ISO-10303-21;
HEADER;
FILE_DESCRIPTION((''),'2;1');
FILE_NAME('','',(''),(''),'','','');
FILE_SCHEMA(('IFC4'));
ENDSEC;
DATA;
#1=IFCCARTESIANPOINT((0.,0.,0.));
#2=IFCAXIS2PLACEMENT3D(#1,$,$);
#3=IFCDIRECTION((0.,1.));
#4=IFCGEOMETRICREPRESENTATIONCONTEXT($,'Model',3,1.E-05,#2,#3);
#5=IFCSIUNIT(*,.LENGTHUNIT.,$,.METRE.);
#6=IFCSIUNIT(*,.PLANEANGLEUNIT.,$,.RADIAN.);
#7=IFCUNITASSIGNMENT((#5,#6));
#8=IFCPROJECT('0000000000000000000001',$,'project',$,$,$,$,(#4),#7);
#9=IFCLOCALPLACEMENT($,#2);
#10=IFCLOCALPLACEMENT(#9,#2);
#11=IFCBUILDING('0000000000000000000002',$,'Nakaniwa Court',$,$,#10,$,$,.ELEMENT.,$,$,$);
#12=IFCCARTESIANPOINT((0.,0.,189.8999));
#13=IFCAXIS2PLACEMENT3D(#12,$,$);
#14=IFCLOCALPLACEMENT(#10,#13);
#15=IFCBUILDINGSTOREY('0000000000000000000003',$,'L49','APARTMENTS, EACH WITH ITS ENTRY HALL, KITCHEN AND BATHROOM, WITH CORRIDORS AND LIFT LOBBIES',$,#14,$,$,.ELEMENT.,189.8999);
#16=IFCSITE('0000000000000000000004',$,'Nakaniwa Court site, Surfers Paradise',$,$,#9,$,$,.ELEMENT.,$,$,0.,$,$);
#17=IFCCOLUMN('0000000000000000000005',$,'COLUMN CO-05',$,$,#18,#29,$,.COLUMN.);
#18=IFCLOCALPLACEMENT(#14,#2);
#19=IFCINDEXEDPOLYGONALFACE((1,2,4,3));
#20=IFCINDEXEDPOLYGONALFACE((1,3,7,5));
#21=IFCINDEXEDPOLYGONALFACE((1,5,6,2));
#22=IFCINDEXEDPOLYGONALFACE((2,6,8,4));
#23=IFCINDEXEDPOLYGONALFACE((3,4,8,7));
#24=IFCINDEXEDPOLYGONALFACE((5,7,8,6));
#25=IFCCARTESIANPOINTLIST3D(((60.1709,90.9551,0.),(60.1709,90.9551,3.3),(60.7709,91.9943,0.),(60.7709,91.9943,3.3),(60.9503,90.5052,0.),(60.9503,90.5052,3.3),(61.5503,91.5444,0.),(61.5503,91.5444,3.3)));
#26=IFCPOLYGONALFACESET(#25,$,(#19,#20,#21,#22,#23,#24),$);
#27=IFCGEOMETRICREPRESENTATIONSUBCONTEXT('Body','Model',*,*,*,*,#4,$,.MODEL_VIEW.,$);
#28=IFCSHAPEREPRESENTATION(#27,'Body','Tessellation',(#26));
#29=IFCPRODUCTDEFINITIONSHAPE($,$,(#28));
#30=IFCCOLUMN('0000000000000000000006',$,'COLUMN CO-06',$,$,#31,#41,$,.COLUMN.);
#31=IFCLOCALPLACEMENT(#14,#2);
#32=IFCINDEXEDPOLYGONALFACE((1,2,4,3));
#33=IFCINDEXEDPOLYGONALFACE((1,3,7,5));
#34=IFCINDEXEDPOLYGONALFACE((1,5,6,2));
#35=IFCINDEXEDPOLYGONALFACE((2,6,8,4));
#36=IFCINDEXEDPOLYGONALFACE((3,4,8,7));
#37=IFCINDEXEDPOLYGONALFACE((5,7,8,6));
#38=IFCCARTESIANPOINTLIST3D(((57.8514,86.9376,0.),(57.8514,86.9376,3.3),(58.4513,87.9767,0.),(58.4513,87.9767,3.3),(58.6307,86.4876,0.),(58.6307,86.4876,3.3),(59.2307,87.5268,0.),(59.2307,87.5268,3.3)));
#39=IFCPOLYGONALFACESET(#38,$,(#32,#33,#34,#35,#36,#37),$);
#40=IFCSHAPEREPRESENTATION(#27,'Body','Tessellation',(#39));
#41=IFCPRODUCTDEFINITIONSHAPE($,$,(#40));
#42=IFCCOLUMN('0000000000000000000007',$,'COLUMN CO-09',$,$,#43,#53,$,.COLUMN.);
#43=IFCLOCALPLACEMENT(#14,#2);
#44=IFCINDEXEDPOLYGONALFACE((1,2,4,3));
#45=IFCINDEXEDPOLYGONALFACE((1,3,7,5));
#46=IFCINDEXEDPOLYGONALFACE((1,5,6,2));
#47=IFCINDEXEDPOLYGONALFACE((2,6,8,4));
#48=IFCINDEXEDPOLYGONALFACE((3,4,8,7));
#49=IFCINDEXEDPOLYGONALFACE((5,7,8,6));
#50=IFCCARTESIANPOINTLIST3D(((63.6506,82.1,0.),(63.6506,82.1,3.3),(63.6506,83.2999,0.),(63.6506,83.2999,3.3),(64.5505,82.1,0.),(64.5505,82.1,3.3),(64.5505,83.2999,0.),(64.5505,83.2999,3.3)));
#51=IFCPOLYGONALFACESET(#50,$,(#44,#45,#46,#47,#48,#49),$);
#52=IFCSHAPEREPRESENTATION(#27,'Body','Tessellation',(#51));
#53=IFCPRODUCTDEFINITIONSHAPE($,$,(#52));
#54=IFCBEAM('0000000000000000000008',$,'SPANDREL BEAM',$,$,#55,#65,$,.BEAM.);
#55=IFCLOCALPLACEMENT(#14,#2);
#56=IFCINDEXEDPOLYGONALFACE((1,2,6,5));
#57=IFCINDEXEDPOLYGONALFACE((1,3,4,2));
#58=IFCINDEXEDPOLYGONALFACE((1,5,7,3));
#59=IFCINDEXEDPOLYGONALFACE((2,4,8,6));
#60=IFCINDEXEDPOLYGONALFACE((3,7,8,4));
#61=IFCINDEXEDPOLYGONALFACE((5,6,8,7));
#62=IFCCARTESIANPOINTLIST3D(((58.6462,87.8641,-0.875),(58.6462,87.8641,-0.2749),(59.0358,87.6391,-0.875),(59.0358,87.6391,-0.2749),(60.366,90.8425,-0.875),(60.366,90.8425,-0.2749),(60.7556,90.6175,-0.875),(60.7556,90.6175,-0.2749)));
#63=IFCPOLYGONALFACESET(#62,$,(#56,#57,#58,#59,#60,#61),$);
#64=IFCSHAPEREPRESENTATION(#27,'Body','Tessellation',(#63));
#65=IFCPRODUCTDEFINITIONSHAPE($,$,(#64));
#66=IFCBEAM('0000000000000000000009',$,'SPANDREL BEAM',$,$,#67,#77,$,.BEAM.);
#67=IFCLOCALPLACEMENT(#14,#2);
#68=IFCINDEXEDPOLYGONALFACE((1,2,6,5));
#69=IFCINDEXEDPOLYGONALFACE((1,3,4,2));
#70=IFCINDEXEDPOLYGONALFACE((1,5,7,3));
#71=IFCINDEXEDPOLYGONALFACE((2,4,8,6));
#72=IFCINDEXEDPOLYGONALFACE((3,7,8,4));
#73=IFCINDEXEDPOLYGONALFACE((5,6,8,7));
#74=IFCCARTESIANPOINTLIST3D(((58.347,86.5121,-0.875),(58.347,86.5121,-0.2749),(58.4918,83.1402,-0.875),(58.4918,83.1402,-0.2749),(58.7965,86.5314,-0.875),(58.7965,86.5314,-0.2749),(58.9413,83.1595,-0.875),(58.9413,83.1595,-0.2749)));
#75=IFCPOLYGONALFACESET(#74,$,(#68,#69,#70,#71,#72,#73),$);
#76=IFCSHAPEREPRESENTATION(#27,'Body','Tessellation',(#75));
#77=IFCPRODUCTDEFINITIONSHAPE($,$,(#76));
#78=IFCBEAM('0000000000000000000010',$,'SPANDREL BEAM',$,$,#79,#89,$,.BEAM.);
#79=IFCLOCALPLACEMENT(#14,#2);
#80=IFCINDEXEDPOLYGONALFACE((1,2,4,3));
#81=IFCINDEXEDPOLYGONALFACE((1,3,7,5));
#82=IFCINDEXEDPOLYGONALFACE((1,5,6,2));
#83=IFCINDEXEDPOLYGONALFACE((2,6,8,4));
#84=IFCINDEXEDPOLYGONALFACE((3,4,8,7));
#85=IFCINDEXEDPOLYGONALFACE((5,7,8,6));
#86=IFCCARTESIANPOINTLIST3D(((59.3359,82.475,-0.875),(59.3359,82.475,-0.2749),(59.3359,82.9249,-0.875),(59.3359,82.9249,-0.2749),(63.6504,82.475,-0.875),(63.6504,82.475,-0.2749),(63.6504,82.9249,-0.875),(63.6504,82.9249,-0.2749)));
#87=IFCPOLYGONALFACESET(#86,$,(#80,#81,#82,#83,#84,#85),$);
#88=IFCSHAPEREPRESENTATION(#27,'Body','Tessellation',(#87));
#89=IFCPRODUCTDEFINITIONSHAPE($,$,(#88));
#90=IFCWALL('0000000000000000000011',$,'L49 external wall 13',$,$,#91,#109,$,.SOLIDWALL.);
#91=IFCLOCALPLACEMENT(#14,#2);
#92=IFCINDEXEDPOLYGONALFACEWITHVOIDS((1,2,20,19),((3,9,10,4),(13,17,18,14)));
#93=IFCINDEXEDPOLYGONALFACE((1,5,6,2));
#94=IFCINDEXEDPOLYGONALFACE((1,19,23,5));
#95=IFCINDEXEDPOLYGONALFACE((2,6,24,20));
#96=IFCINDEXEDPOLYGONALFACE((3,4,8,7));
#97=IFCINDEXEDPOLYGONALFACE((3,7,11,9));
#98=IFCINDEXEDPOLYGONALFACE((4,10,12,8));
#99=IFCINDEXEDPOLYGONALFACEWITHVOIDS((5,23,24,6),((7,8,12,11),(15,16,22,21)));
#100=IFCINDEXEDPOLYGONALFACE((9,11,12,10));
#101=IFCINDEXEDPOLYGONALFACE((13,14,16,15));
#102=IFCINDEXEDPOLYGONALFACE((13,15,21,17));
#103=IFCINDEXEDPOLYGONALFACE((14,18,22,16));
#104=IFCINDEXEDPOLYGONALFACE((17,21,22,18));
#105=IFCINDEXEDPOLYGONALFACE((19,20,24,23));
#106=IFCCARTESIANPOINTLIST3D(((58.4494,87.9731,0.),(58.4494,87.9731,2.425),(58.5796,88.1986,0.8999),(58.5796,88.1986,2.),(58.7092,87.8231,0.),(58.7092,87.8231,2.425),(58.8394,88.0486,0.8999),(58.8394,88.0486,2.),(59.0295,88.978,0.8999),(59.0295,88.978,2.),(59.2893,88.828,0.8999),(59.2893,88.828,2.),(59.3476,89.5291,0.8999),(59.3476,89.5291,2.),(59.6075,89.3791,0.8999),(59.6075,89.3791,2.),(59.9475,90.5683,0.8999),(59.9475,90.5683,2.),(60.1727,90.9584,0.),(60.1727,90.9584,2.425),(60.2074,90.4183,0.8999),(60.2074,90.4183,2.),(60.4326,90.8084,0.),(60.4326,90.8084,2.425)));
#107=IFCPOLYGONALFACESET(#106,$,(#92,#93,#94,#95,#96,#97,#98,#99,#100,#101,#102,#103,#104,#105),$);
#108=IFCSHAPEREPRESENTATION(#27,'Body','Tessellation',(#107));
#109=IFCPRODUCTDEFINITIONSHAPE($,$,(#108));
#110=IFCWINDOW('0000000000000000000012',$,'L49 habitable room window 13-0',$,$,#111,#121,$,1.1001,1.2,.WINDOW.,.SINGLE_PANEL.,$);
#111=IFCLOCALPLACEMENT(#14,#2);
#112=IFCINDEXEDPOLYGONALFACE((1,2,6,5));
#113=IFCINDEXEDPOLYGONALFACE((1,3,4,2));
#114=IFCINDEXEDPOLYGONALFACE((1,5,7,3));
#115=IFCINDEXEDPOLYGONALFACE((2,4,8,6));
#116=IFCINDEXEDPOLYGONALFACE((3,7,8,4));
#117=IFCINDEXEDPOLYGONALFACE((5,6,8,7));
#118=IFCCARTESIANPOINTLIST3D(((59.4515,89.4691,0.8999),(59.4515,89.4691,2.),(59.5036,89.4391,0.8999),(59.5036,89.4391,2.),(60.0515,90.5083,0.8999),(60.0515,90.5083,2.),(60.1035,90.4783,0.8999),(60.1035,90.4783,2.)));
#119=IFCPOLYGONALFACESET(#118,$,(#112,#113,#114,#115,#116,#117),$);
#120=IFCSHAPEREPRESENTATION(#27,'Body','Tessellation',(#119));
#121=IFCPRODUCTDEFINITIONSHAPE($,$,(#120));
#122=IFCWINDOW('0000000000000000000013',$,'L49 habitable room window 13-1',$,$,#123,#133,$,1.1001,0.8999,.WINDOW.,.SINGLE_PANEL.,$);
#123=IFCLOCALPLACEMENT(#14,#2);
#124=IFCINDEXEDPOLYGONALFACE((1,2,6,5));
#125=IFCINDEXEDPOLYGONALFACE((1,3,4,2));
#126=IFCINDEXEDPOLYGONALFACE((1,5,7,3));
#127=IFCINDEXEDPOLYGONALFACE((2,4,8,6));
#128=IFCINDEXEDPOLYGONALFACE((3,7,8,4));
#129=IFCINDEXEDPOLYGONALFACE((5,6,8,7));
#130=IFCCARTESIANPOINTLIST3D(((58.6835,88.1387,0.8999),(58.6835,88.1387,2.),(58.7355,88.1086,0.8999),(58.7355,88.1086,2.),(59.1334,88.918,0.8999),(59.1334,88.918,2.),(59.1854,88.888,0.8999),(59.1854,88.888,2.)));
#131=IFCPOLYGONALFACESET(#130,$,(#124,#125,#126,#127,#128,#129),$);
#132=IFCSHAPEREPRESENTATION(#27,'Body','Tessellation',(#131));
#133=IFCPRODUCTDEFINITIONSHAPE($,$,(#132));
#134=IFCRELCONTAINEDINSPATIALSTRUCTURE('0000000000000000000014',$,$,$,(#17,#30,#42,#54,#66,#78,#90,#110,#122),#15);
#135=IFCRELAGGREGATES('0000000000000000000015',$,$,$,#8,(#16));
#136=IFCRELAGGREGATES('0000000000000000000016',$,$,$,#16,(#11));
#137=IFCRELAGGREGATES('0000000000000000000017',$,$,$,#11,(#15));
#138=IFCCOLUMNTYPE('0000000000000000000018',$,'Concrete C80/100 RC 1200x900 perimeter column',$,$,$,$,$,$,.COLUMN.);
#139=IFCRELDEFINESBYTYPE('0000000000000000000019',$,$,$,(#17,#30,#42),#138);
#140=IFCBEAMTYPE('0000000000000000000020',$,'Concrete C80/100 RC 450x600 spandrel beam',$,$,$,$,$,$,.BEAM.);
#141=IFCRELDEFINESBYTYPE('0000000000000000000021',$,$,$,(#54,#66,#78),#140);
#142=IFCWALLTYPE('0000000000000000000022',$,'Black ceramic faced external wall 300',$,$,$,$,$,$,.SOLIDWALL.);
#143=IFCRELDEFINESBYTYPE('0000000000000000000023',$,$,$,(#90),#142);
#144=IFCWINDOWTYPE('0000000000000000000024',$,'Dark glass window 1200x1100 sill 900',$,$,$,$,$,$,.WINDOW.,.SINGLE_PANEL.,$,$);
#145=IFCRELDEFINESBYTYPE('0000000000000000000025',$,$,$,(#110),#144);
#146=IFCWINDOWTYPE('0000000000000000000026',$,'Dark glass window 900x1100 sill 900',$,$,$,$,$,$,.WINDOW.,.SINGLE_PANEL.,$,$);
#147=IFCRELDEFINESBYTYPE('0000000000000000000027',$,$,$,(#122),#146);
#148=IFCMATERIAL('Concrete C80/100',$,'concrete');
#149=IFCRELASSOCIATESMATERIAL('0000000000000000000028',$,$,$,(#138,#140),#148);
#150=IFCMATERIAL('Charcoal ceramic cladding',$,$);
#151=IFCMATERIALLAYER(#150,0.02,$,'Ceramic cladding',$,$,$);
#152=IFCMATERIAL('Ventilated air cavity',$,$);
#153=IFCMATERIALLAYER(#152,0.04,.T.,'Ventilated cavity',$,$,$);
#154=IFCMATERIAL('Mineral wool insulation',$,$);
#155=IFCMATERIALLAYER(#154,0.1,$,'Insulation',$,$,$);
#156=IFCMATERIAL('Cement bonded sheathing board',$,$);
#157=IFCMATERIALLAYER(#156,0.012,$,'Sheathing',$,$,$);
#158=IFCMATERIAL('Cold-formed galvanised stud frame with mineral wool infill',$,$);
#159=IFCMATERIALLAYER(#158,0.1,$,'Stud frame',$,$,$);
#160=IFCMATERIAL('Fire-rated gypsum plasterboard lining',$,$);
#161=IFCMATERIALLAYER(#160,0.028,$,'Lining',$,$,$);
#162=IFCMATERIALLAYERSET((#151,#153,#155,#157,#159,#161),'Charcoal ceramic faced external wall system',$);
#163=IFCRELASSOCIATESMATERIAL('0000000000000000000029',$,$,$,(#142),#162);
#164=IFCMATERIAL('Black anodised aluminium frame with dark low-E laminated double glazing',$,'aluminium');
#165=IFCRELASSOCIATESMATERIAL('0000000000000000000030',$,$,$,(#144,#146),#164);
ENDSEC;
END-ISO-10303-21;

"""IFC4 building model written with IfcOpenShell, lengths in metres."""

from ifc_helpers import new_model, si_unit, direction, frame, frame_2d, origin, origin_2d, place, context, subcontext, project, spatial, rectangle, extrude, material, layer, layer_set, material_profile, profile_set, type_object, element, fill, save


model = new_model("IFC4")

# Units and contexts
model_context = context("Model", 3, precision=1e-05, world=origin(), true_north=direction((0.0, 1.0)))
body_context = subcontext(model_context, "Body", "Model", "MODEL_VIEW")
ifc_project = project(units=[si_unit("LENGTHUNIT", "METRE"), si_unit("PLANEANGLEUNIT", "RADIAN")], contexts=[model_context])

# Site, building, storey
site_placement = place(None, origin())
site = spatial("IfcSite", under=ifc_project, at=site_placement, Name="Nakaniwa Court site, Surfers Paradise", CompositionType="ELEMENT", RefElevation=0.0)
building_placement = place(site_placement, origin())
building = spatial("IfcBuilding", under=site, at=building_placement, Name="Nakaniwa Court", CompositionType="ELEMENT")
storey_placement = place(building_placement, frame((0.0, 0.0, 189.8999)))
storey = spatial("IfcBuildingStorey", under=building, at=storey_placement, Name="L49", Description="APARTMENTS, EACH WITH ITS ENTRY HALL, KITCHEN AND BATHROOM, WITH CORRIDORS AND LIFT LOBBIES", CompositionType="ELEMENT", Elevation=189.8999)

# Columns
ifc_material_1 = material(Name="Concrete C80/100", Category="concrete")
ifc_material_profile_1 = material_profile(ifc_material_1, rectangle(XDim=1.2, YDim=0.8999, at=origin_2d()), Name="Concrete C80/100 RC 1200x900 perimeter column")
ifc_profile_set_1 = profile_set([ifc_material_profile_1], Name="Concrete C80/100")
column_type = type_object("IfcColumnType", Name="Concrete C80/100 RC 1200x900 perimeter column", PredefinedType="COLUMN", material=ifc_profile_set_1)
for number, where, z_axis, x_axis, name in (
    (1, (60.8606, 91.2498, 0.0), (0.0, 0.0, 1.0), (-0.5, -0.866025, 0.0), "COLUMN CO-05"),
    (2, (58.541, 87.2322, 0.0), (0.0, 0.0, 1.0), (-0.5, -0.866025, 0.0), "COLUMN CO-06"),
    (3, (64.1006, 82.7, 0.0), (0.0, 0.0, 1.0), (0.0, -1.0, 0.0), "COLUMN CO-09"),
):
    element("IfcColumn", number, at=place(storey_placement, frame(where, z_axis=z_axis, x_axis=x_axis)), inside=storey, type_object=column_type, Name=name, PredefinedType="COLUMN", context=body_context, shape_type="SweptSolid", body=[
        extrude(rectangle(XDim=1.2, YDim=0.8999, at=origin_2d()), origin(), (0.0, 0.0, 1.0), 3.3),
    ])

# Beams
ifc_material_profile_2 = material_profile(ifc_material_1, rectangle(XDim=0.45, YDim=0.6001, at=origin_2d()), Name="Concrete C80/100 RC 450x600 spandrel beam")
ifc_profile_set_2 = profile_set([ifc_material_profile_2], Name="Concrete C80/100")
beam_type = type_object("IfcBeamType", Name="Concrete C80/100 RC 450x600 spandrel beam", PredefinedType="BEAM", material=ifc_profile_set_2)
beam_1_placement = place(storey_placement, frame((60.5608, 90.73, -0.575), z_axis=(-0.500048, -0.865998, 0.0), x_axis=(0.865998, -0.500048, 0.0)))
element("IfcBeam", 4, at=beam_1_placement, inside=storey, type_object=beam_type, Name="SPANDREL BEAM", PredefinedType="BEAM", context=body_context, shape_type="SweptSolid", body=[
    extrude(rectangle(XDim=0.45, YDim=0.6001, at=origin_2d()), origin(), (0.0, 0.0, 1.0), 3.4392),
])
beam_2_placement = place(storey_placement, frame((58.5718, 86.5217, -0.575), z_axis=(0.042897, -0.999079, 0.0), x_axis=(0.999079, 0.042897, 0.0)))
element("IfcBeam", 5, at=beam_2_placement, inside=storey, type_object=beam_type, Name="SPANDREL BEAM", PredefinedType="BEAM", context=body_context, shape_type="SweptSolid", body=[
    extrude(rectangle(XDim=0.45, YDim=0.6001, at=origin_2d()), origin(), (0.0, 0.0, 1.0), 3.375),
])
beam_3_placement = place(storey_placement, frame((59.3359, 82.7, -0.575), z_axis=(1.0, 0.0, 0.0), x_axis=(0.0, 1.0, 0.0)))
element("IfcBeam", 6, at=beam_3_placement, inside=storey, type_object=beam_type, Name="SPANDREL BEAM", PredefinedType="BEAM", context=body_context, shape_type="SweptSolid", body=[
    extrude(rectangle(XDim=0.45, YDim=0.6001, at=origin_2d()), origin(), (0.0, 0.0, 1.0), 4.3145),
])

# Wall, openings, windows
ifc_material_2 = material(Name="Charcoal ceramic cladding")
ifc_layer_1 = layer(ifc_material_2, 0.02, Name="Ceramic cladding")
ifc_material_3 = material(Name="Ventilated air cavity")
ifc_layer_2 = layer(ifc_material_3, 0.04, ventilated=True, Name="Ventilated cavity")
ifc_material_4 = material(Name="Mineral wool insulation")
ifc_layer_3 = layer(ifc_material_4, 0.1, Name="Insulation")
ifc_material_5 = material(Name="Cement bonded sheathing board")
ifc_layer_4 = layer(ifc_material_5, 0.012, Name="Sheathing")
ifc_material_6 = material(Name="Cold-formed galvanised stud frame with mineral wool infill")
ifc_layer_5 = layer(ifc_material_6, 0.1, Name="Stud frame")
ifc_material_7 = material(Name="Fire-rated gypsum plasterboard lining")
ifc_layer_6 = layer(ifc_material_7, 0.028, Name="Lining")
ifc_layer_set_1 = layer_set([ifc_layer_1, ifc_layer_2, ifc_layer_3, ifc_layer_4, ifc_layer_5, ifc_layer_6], Name="Charcoal ceramic faced external wall system")
wall_type_1 = type_object("IfcWallType", Name="Black ceramic faced external wall 300", PredefinedType="SOLIDWALL", material=ifc_layer_set_1)
wall_1_placement = place(storey_placement, frame((60.3027, 90.8835, 0.0), z_axis=(0.0, 0.0, 1.0), x_axis=(-0.499955, -0.866051, 0.0)))
wall_1 = element("IfcWall", 7, at=wall_1_placement, inside=storey, type_object=wall_type_1, Name="L49 external wall 13", PredefinedType="SOLIDWALL", context=body_context, shape_type="SweptSolid", body=[
    extrude(rectangle(XDim=3.447, YDim=0.3, at=frame_2d((1.7236, 0.0))), origin(), (0.0, 0.0, 1.0), 2.425),
])
opening_1_placement = place(wall_1_placement, frame((0.4504, 0.0, 0.8999)))
opening_1 = element("IfcOpeningElement", 8, at=opening_1_placement, cuts=wall_1, PredefinedType="OPENING", context=body_context, shape_type="SweptSolid", body=[
    extrude(rectangle(XDim=1.2, YDim=1.1001, at=frame_2d((0.6001, 0.55))), frame((0.0, 0.1599, 0.0), z_axis=(0.0, -1.0, 0.0), x_axis=(1.0, 0.0, 0.0)), (0.0, 0.0, 1.0), 0.3201),
])
opening_2_placement = place(wall_1_placement, frame((2.2869, 0.0, 0.8999)))
opening_2 = element("IfcOpeningElement", 9, at=opening_2_placement, cuts=wall_1, PredefinedType="OPENING", context=body_context, shape_type="SweptSolid", body=[
    extrude(rectangle(XDim=0.8999, YDim=1.1001, at=frame_2d((0.45, 0.55))), frame((0.0, 0.1599, 0.0), z_axis=(0.0, -1.0, 0.0), x_axis=(1.0, 0.0, 0.0)), (0.0, 0.0, 1.0), 0.3201),
])
ifc_material_8 = material(Name="Black anodised aluminium frame with dark low-E laminated double glazing", Category="aluminium")
window_type_1 = type_object("IfcWindowType", Name="Dark glass window 1200x1100 sill 900", PartitioningType="SINGLE_PANEL", PredefinedType="WINDOW", material=ifc_material_8)
window_1_placement = place(opening_1_placement, origin())
window_1 = element("IfcWindow", 10, at=window_1_placement, inside=storey, type_object=window_type_1, Name="L49 habitable room window 13-0", OverallHeight=1.1001, OverallWidth=1.2, PartitioningType="SINGLE_PANEL", PredefinedType="WINDOW", context=body_context, shape_type="SweptSolid", body=[
    extrude(rectangle(XDim=1.2, YDim=1.1001, at=frame_2d((0.6001, 0.55))), frame((0.0, 0.03, 0.0), z_axis=(0.0, -1.0, 0.0), x_axis=(1.0, 0.0, 0.0)), (0.0, 0.0, 1.0), 0.0601),
])
fill(opening_1, window_1)
window_type_2 = type_object("IfcWindowType", Name="Dark glass window 900x1100 sill 900", PartitioningType="SINGLE_PANEL", PredefinedType="WINDOW", material=ifc_material_8)
window_2_placement = place(opening_2_placement, origin())
window_2 = element("IfcWindow", 11, at=window_2_placement, inside=storey, type_object=window_type_2, Name="L49 habitable room window 13-1", OverallHeight=1.1001, OverallWidth=0.8999, PartitioningType="SINGLE_PANEL", PredefinedType="WINDOW", context=body_context, shape_type="SweptSolid", body=[
    extrude(rectangle(XDim=0.8999, YDim=1.1001, at=frame_2d((0.45, 0.55))), frame((0.0, 0.03, 0.0), z_axis=(0.0, -1.0, 0.0), x_axis=(1.0, 0.0, 0.0)), (0.0, 0.0, 1.0), 0.0601),
])
fill(opening_2, window_2)

save(model, "model.ifc")
